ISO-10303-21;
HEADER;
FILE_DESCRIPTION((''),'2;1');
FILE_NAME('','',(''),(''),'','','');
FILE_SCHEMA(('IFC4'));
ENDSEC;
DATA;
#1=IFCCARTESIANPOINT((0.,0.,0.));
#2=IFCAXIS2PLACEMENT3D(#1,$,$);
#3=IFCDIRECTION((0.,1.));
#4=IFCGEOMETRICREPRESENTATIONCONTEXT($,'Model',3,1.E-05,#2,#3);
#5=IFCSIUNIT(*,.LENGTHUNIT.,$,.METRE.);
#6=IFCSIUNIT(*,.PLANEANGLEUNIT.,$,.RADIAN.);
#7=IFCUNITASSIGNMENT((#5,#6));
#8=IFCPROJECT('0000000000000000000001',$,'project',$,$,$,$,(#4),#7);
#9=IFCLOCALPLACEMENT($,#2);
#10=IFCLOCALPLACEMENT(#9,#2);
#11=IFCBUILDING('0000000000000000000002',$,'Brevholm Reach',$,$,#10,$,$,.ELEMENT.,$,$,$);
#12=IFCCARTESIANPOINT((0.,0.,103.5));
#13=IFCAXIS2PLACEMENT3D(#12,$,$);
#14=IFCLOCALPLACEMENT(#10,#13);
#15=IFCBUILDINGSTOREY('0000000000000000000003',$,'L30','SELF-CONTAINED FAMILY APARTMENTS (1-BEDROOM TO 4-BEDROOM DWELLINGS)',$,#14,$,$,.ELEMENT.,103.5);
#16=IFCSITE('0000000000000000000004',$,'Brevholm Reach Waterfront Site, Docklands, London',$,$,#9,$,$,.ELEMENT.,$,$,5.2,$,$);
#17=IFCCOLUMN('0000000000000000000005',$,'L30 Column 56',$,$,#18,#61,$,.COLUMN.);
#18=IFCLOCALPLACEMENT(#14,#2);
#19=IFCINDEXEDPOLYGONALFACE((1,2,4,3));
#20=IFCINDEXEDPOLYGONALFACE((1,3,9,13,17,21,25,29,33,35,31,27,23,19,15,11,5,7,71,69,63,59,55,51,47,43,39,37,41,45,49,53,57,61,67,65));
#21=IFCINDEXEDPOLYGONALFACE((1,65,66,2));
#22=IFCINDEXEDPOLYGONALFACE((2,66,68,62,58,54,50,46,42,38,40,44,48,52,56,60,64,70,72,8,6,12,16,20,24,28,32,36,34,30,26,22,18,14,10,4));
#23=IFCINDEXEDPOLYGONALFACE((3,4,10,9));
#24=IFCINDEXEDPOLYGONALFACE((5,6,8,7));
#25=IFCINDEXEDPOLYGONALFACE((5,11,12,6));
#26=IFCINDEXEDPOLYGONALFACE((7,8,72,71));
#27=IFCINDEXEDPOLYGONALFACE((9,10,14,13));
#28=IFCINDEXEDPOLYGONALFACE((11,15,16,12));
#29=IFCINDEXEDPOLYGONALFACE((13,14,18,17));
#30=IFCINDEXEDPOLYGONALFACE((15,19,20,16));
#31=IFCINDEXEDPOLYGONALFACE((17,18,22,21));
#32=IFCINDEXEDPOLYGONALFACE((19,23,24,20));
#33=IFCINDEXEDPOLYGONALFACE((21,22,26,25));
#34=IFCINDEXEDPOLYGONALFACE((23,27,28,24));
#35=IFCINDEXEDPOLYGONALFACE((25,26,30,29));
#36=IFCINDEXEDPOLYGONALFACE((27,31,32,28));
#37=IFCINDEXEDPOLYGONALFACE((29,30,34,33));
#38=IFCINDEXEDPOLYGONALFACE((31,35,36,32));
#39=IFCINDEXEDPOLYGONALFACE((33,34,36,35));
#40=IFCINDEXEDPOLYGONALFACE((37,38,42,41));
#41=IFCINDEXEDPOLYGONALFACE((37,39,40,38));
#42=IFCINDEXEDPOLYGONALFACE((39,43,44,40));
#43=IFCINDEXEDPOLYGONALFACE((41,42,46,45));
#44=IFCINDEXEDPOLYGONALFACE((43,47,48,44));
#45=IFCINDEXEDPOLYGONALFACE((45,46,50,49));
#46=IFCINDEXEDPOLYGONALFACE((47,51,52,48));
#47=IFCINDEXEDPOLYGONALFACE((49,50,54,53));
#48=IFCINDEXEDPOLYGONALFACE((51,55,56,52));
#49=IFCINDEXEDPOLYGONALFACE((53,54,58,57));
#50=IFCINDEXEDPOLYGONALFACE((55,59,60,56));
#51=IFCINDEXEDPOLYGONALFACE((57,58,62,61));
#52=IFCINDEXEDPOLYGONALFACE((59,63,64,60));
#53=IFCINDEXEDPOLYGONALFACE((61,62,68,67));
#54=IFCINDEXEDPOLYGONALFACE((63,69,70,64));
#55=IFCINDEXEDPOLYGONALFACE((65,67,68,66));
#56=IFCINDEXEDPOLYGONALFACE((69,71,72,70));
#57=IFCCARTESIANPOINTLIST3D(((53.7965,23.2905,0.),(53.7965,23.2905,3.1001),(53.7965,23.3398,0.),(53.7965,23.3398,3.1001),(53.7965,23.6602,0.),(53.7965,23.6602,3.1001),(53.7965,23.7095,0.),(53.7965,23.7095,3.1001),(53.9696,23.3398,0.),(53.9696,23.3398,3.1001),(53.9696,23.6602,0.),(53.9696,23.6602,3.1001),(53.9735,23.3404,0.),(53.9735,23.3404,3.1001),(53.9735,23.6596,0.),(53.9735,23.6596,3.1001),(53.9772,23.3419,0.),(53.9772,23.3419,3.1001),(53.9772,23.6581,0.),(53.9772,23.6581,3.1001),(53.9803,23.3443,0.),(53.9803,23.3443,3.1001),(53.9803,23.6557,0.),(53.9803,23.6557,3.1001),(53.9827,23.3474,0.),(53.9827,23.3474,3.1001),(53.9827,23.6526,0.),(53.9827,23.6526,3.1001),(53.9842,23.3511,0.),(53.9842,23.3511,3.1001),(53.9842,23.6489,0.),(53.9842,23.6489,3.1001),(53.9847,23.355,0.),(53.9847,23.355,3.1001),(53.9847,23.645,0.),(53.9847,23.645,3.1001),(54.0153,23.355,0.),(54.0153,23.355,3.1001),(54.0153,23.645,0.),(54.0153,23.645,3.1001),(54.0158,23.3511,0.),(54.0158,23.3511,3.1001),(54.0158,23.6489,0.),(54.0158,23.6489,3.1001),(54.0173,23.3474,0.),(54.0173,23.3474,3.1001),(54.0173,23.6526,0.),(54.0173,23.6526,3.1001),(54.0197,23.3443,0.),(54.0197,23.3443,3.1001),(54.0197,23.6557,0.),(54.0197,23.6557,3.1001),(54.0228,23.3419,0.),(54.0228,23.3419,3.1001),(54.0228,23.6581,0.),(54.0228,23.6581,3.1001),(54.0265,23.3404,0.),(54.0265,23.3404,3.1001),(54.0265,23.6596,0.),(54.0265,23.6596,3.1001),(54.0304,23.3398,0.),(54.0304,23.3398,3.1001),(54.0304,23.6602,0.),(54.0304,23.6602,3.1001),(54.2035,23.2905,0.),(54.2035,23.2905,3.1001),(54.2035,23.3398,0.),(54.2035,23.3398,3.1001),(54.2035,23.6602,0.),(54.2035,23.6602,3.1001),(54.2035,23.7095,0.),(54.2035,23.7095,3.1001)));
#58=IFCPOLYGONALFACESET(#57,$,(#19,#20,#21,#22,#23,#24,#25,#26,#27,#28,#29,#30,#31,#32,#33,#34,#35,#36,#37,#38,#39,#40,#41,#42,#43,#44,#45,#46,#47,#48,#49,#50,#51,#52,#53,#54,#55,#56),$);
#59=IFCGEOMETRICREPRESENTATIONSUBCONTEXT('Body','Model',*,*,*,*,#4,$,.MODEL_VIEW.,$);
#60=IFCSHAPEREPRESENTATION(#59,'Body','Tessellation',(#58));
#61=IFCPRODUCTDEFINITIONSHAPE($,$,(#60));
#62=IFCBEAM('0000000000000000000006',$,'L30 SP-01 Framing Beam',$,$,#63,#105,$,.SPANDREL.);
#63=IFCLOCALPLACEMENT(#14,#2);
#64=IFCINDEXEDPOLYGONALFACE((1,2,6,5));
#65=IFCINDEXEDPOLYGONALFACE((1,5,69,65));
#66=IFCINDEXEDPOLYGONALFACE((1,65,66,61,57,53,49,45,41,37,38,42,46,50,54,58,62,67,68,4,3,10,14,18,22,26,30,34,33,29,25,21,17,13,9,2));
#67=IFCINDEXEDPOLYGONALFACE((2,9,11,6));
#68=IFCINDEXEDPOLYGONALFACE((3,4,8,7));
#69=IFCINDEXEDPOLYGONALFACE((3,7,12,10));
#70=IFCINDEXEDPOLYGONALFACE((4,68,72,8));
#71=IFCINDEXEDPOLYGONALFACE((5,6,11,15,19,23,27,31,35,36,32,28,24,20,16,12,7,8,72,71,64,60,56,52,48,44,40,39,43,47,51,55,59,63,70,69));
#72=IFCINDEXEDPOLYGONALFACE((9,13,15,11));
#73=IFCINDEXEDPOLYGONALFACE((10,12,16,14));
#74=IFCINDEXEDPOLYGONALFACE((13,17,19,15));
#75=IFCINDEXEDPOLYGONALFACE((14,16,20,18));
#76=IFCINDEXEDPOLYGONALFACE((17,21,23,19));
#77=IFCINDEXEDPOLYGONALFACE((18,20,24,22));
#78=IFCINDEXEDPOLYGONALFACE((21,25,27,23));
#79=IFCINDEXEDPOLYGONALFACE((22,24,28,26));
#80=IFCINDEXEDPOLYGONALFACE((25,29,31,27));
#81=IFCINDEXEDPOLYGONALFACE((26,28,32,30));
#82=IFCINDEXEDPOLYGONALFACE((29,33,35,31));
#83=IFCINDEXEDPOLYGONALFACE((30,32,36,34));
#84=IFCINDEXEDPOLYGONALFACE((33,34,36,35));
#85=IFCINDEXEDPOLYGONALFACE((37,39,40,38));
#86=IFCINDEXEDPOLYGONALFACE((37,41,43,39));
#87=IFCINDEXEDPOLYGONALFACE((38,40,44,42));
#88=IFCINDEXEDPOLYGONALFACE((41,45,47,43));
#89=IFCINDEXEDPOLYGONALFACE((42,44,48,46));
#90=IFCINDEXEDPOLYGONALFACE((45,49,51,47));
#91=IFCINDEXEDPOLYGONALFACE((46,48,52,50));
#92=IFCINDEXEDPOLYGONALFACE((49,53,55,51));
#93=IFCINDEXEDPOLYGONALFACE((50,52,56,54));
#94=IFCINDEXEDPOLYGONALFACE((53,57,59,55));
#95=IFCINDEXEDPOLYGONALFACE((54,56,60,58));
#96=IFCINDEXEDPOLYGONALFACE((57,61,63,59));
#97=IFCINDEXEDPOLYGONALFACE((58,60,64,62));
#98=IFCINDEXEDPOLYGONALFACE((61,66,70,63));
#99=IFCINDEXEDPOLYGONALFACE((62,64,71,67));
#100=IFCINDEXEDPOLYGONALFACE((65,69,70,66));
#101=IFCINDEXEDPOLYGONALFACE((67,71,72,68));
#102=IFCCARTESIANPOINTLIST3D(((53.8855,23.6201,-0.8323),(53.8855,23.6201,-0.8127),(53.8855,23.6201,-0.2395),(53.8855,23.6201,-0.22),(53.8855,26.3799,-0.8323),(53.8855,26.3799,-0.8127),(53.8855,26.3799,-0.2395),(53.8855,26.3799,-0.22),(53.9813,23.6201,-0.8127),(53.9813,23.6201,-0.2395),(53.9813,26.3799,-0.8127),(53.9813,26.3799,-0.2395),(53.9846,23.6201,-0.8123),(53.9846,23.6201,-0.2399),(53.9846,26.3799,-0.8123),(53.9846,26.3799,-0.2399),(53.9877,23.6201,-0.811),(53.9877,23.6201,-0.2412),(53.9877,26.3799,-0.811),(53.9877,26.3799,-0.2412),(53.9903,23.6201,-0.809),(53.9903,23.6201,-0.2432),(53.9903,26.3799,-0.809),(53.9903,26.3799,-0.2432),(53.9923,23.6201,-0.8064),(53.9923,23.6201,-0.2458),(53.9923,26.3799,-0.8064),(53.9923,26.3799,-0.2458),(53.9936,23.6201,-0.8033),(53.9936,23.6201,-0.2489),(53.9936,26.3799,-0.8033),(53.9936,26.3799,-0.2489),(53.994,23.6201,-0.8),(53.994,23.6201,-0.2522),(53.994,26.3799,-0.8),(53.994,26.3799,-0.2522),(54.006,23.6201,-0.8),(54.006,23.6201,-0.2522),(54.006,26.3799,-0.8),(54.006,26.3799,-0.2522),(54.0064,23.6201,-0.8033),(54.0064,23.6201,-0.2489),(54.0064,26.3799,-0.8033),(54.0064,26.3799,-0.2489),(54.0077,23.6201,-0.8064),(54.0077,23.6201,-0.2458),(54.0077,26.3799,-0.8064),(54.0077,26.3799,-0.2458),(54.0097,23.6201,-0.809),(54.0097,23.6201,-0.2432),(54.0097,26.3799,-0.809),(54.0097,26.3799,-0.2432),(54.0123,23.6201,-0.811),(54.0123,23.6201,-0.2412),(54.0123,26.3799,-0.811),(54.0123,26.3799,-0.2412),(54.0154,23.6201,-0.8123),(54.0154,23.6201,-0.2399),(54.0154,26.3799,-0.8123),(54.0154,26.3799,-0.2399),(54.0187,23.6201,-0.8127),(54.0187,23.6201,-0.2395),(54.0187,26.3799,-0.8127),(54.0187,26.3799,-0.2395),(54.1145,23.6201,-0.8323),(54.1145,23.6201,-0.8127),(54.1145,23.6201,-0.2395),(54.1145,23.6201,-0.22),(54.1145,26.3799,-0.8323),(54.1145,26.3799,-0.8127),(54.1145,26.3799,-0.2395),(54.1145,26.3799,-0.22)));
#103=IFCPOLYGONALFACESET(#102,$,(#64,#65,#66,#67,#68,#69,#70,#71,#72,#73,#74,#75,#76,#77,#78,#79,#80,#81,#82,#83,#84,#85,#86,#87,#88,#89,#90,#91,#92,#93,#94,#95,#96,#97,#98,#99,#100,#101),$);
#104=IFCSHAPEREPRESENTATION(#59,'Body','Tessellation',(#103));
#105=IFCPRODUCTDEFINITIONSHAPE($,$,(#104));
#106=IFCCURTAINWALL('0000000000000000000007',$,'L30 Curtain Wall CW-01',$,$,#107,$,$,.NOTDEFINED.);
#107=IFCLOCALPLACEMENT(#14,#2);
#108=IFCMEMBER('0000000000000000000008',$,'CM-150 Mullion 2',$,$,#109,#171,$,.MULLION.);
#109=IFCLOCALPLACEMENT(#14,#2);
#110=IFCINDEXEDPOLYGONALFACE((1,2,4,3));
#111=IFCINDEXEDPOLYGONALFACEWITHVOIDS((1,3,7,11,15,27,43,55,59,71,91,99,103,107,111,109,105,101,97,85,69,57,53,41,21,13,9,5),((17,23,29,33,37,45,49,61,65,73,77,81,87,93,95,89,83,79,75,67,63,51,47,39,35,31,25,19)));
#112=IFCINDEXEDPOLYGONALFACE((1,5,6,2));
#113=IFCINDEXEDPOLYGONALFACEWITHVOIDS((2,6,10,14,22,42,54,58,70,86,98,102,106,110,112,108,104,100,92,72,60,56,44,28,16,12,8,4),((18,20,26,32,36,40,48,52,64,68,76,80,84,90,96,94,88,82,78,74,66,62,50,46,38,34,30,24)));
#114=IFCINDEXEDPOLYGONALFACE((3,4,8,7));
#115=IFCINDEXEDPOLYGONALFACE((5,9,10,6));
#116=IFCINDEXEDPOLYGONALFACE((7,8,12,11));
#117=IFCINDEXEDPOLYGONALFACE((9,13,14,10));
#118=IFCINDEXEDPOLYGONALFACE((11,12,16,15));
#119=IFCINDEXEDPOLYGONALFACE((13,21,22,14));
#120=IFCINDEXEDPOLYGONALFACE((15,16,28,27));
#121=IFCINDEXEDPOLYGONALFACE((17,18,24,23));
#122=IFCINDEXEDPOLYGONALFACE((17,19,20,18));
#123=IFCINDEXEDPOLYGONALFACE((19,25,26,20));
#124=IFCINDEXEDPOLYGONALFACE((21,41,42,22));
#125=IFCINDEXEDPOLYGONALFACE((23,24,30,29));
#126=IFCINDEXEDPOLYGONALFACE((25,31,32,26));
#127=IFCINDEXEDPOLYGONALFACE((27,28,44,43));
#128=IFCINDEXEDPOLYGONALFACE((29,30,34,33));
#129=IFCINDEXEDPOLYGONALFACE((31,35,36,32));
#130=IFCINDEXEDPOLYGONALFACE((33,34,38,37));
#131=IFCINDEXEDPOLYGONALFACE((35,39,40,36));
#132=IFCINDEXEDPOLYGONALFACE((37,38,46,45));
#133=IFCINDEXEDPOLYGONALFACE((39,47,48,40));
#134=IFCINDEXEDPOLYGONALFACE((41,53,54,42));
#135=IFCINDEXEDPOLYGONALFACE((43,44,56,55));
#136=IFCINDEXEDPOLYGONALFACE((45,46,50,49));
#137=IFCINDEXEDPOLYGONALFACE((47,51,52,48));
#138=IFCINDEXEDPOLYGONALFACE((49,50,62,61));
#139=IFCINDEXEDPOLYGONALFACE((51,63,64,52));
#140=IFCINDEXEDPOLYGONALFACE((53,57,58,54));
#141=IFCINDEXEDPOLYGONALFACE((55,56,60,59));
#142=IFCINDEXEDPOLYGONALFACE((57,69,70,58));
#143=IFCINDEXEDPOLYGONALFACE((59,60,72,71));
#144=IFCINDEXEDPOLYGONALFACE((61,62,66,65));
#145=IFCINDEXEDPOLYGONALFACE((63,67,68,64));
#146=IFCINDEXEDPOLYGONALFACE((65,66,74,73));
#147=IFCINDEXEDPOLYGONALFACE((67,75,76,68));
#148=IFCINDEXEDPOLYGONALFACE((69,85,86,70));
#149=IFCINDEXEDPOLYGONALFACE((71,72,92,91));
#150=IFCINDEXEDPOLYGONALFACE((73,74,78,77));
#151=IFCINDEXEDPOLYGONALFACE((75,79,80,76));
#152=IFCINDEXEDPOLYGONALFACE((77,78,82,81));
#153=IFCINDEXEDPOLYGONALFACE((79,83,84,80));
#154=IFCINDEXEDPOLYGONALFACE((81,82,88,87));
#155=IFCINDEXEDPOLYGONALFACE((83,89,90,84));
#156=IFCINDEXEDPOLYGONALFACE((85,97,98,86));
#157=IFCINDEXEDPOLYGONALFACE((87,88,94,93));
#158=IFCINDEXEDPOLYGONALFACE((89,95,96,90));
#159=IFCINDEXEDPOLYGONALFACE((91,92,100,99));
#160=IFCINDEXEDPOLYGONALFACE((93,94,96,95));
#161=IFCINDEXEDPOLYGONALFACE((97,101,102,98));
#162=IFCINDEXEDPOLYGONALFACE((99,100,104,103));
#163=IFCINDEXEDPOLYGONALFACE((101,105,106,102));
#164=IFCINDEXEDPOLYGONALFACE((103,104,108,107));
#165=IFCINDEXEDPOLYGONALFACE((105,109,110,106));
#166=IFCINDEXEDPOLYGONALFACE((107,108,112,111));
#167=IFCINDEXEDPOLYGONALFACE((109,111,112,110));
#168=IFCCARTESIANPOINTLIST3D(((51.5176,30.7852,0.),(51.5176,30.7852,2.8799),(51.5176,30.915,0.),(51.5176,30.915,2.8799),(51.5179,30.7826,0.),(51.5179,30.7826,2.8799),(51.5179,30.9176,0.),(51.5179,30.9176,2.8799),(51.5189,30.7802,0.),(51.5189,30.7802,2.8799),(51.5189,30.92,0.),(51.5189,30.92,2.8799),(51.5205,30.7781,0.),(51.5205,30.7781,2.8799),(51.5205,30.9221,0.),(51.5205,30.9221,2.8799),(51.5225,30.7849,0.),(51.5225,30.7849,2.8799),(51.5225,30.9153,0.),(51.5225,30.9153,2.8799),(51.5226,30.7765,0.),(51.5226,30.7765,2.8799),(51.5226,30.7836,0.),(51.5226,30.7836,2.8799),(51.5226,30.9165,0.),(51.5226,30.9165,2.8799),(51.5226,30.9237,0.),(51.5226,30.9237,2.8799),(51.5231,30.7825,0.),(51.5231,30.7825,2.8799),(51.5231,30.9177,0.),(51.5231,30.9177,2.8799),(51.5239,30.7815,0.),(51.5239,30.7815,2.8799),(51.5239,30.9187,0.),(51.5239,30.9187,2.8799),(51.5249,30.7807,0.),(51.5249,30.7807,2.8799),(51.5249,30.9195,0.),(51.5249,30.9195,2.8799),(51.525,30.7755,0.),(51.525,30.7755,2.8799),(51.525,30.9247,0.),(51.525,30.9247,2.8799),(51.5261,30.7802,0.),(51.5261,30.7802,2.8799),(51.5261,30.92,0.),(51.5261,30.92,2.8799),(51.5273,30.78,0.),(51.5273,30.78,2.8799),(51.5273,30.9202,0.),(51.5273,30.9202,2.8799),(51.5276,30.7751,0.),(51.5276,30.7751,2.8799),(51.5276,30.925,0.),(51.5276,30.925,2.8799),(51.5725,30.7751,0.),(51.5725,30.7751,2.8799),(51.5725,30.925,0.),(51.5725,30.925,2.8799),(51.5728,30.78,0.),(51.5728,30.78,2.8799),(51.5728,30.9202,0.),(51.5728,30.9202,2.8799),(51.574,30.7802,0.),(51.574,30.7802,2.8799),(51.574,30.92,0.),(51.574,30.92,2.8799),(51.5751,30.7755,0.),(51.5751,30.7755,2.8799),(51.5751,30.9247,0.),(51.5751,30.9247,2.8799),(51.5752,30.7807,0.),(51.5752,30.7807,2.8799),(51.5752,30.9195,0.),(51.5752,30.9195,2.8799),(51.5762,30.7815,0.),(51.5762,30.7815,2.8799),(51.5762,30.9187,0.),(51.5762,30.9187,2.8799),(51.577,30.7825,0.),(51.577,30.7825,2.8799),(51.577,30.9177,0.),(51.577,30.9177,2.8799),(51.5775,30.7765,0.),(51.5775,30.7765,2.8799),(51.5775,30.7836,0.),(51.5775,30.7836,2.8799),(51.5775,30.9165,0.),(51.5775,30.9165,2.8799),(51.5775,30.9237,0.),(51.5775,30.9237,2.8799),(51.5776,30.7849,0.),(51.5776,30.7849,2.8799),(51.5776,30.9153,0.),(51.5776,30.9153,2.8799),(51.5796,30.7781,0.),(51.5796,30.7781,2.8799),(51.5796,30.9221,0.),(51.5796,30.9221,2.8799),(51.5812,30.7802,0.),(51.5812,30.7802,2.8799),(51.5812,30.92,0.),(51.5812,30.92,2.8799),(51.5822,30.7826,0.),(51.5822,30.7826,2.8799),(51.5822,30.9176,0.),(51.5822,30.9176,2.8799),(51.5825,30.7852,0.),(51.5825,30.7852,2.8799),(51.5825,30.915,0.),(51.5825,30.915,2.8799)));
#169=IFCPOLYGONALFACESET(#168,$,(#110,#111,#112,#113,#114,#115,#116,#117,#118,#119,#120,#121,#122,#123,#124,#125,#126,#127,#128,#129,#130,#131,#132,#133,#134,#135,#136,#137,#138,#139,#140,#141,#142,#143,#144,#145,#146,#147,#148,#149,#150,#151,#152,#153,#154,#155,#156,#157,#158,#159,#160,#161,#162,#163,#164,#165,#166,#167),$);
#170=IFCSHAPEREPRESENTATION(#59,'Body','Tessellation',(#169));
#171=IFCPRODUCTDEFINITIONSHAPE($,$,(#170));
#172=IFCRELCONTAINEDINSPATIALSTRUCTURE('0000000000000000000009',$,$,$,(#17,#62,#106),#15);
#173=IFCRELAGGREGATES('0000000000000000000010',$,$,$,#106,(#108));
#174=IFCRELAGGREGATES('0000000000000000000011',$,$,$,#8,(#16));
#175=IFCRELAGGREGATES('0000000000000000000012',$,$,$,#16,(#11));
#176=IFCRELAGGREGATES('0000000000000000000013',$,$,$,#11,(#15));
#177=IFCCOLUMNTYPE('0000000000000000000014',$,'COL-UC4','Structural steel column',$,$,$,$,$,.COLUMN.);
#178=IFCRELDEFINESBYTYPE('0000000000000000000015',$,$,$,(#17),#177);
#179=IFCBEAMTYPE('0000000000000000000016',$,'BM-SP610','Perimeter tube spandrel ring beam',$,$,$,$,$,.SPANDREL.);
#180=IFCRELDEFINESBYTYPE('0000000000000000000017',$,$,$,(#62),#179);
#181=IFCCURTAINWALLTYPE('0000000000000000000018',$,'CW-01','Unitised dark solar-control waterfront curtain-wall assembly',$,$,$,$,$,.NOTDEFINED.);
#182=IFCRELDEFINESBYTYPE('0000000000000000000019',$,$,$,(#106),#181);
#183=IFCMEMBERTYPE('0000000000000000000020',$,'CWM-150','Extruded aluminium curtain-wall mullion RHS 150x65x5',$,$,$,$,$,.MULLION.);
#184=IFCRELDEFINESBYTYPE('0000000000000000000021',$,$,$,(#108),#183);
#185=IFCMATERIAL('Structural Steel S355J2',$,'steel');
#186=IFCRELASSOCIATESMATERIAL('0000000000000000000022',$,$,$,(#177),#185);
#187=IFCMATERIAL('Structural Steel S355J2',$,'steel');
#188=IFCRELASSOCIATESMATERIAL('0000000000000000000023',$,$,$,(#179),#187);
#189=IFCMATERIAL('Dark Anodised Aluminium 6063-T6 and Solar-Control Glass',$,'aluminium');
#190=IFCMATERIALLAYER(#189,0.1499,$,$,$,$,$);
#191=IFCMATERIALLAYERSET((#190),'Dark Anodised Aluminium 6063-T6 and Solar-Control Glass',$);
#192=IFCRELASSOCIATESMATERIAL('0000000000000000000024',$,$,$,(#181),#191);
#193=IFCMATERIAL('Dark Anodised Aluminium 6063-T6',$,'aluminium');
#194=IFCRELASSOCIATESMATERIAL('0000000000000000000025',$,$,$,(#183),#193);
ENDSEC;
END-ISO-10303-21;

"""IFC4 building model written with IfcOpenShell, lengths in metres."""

from ifc_helpers import new_model, si_unit, direction, frame, origin, origin_2d, place, context, subcontext, project, spatial, hollow_rectangle, i_section, extrude, material, layer, layer_set, material_profile, profile_set, type_object, element, aggregate, save


model = new_model("IFC4")

# Units and contexts
model_context = context("Model", 3, precision=1e-05, world=origin(), true_north=direction((0.0, 1.0)))
body_context = subcontext(model_context, "Body", "Model", "MODEL_VIEW")
ifc_project = project(units=[si_unit("LENGTHUNIT", "METRE"), si_unit("PLANEANGLEUNIT", "RADIAN")], contexts=[model_context])

# Site, building, storey
site_placement = place(None, origin())
site = spatial("IfcSite", under=ifc_project, at=site_placement, Name="Brevholm Reach Waterfront Site, Docklands, London", CompositionType="ELEMENT", RefElevation=5.2)
building_placement = place(site_placement, origin())
building = spatial("IfcBuilding", under=site, at=building_placement, Name="Brevholm Reach", CompositionType="ELEMENT")
storey_placement = place(building_placement, frame((0.0, 0.0, 103.5)))
storey = spatial("IfcBuildingStorey", under=building, at=storey_placement, Name="L30", Description="SELF-CONTAINED FAMILY APARTMENTS (1-BEDROOM TO 4-BEDROOM DWELLINGS)", CompositionType="ELEMENT", Elevation=103.5)

# Column
ifc_material_1 = material(Name="Structural Steel S355J2", Category="steel")
ifc_material_profile_1 = material_profile(ifc_material_1, i_section(OverallWidth=0.407, OverallDepth=0.4189, WebThickness=0.0305, FlangeThickness=0.0493, FilletRadius=0.0151, at=origin_2d()), Name="UKC 356x406x393")
ifc_profile_set_1 = profile_set([ifc_material_profile_1], Name="Structural Steel S355J2")
column_type = type_object("IfcColumnType", Name="COL-UC4", Description="Structural steel column", PredefinedType="COLUMN", material=ifc_profile_set_1)
column_placement = place(storey_placement, frame((54.0, 23.5, 0.0), z_axis=(0.0, 0.0, 1.0), x_axis=(1.0, 0.0, 0.0)))
element("IfcColumn", 1, at=column_placement, inside=storey, type_object=column_type, Name="L30 Column 56", PredefinedType="COLUMN", context=body_context, shape_type="SweptSolid", body=[
    extrude(i_section(OverallWidth=0.407, OverallDepth=0.4189, WebThickness=0.0305, FlangeThickness=0.0493, FilletRadius=0.0151, at=origin_2d()), origin(), (0.0, 0.0, 1.0), 3.1001),
])

# Beam
ifc_material_2 = material(Name="Structural Steel S355J2", Category="steel")
ifc_material_profile_2 = material_profile(ifc_material_2, i_section(OverallWidth=0.229, OverallDepth=0.6123, WebThickness=0.012, FlangeThickness=0.0195, FilletRadius=0.0127, at=origin_2d()), Name="UKB 610x229x125")
ifc_profile_set_2 = profile_set([ifc_material_profile_2], Name="Structural Steel S355J2")
beam_type = type_object("IfcBeamType", Name="BM-SP610", Description="Perimeter tube spandrel ring beam", PredefinedType="SPANDREL", material=ifc_profile_set_2)
beam_placement = place(storey_placement, frame((54.0, 23.6201, -0.5261), z_axis=(0.0, 1.0, 0.0), x_axis=(-1.0, 0.0, 0.0)))
element("IfcBeam", 2, at=beam_placement, inside=storey, type_object=beam_type, Name="L30 SP-01 Framing Beam", PredefinedType="SPANDREL", context=body_context, shape_type="SweptSolid", body=[
    extrude(i_section(OverallWidth=0.229, OverallDepth=0.6123, WebThickness=0.012, FlangeThickness=0.0195, FilletRadius=0.0127, at=origin_2d()), origin(), (0.0, 0.0, 1.0), 2.7598),
])

# Curtain wall, member
ifc_material_3 = material(Name="Dark Anodised Aluminium 6063-T6 and Solar-Control Glass", Category="aluminium")
ifc_layer_1 = layer(ifc_material_3, 0.1499)
ifc_layer_set_1 = layer_set([ifc_layer_1], Name="Dark Anodised Aluminium 6063-T6 and Solar-Control Glass")
curtain_wall_type = type_object("IfcCurtainWallType", Name="CW-01", Description="Unitised dark solar-control waterfront curtain-wall assembly", PredefinedType="NOTDEFINED", material=ifc_layer_set_1)
curtain_wall_placement = place(storey_placement, origin())
curtain_wall = element("IfcCurtainWall", 3, at=curtain_wall_placement, inside=storey, type_object=curtain_wall_type, Name="L30 Curtain Wall CW-01", PredefinedType="NOTDEFINED")
ifc_material_4 = material(Name="Dark Anodised Aluminium 6063-T6", Category="aluminium")
ifc_material_profile_3 = material_profile(ifc_material_4, hollow_rectangle(XDim=0.0649, YDim=0.1499, WallThickness=0.0049, InnerFilletRadius=0.0049, OuterFilletRadius=0.01, at=origin_2d()), Name="RHS 150x65x5")
ifc_profile_set_3 = profile_set([ifc_material_profile_3], Name="Dark Anodised Aluminium 6063-T6")
member_type_1 = type_object("IfcMemberType", Name="CWM-150", Description="Extruded aluminium curtain-wall mullion RHS 150x65x5", PredefinedType="MULLION", material=ifc_profile_set_3)
member_1_placement = place(storey_placement, frame((51.55, 30.8501, 0.0), z_axis=(0.0, 0.0, 1.0), x_axis=(1.0, 0.0, 0.0)))
member_1 = element("IfcMember", 4, at=member_1_placement, type_object=member_type_1, Name="CM-150 Mullion 2", PredefinedType="MULLION", context=body_context, shape_type="SweptSolid", body=[
    extrude(hollow_rectangle(XDim=0.0649, YDim=0.1499, WallThickness=0.0049, InnerFilletRadius=0.0049, OuterFilletRadius=0.01, at=origin_2d()), origin(), (0.0, 0.0, 1.0), 2.8799),
])
aggregate(curtain_wall, [member_1])

save(model, "model.ifc")
